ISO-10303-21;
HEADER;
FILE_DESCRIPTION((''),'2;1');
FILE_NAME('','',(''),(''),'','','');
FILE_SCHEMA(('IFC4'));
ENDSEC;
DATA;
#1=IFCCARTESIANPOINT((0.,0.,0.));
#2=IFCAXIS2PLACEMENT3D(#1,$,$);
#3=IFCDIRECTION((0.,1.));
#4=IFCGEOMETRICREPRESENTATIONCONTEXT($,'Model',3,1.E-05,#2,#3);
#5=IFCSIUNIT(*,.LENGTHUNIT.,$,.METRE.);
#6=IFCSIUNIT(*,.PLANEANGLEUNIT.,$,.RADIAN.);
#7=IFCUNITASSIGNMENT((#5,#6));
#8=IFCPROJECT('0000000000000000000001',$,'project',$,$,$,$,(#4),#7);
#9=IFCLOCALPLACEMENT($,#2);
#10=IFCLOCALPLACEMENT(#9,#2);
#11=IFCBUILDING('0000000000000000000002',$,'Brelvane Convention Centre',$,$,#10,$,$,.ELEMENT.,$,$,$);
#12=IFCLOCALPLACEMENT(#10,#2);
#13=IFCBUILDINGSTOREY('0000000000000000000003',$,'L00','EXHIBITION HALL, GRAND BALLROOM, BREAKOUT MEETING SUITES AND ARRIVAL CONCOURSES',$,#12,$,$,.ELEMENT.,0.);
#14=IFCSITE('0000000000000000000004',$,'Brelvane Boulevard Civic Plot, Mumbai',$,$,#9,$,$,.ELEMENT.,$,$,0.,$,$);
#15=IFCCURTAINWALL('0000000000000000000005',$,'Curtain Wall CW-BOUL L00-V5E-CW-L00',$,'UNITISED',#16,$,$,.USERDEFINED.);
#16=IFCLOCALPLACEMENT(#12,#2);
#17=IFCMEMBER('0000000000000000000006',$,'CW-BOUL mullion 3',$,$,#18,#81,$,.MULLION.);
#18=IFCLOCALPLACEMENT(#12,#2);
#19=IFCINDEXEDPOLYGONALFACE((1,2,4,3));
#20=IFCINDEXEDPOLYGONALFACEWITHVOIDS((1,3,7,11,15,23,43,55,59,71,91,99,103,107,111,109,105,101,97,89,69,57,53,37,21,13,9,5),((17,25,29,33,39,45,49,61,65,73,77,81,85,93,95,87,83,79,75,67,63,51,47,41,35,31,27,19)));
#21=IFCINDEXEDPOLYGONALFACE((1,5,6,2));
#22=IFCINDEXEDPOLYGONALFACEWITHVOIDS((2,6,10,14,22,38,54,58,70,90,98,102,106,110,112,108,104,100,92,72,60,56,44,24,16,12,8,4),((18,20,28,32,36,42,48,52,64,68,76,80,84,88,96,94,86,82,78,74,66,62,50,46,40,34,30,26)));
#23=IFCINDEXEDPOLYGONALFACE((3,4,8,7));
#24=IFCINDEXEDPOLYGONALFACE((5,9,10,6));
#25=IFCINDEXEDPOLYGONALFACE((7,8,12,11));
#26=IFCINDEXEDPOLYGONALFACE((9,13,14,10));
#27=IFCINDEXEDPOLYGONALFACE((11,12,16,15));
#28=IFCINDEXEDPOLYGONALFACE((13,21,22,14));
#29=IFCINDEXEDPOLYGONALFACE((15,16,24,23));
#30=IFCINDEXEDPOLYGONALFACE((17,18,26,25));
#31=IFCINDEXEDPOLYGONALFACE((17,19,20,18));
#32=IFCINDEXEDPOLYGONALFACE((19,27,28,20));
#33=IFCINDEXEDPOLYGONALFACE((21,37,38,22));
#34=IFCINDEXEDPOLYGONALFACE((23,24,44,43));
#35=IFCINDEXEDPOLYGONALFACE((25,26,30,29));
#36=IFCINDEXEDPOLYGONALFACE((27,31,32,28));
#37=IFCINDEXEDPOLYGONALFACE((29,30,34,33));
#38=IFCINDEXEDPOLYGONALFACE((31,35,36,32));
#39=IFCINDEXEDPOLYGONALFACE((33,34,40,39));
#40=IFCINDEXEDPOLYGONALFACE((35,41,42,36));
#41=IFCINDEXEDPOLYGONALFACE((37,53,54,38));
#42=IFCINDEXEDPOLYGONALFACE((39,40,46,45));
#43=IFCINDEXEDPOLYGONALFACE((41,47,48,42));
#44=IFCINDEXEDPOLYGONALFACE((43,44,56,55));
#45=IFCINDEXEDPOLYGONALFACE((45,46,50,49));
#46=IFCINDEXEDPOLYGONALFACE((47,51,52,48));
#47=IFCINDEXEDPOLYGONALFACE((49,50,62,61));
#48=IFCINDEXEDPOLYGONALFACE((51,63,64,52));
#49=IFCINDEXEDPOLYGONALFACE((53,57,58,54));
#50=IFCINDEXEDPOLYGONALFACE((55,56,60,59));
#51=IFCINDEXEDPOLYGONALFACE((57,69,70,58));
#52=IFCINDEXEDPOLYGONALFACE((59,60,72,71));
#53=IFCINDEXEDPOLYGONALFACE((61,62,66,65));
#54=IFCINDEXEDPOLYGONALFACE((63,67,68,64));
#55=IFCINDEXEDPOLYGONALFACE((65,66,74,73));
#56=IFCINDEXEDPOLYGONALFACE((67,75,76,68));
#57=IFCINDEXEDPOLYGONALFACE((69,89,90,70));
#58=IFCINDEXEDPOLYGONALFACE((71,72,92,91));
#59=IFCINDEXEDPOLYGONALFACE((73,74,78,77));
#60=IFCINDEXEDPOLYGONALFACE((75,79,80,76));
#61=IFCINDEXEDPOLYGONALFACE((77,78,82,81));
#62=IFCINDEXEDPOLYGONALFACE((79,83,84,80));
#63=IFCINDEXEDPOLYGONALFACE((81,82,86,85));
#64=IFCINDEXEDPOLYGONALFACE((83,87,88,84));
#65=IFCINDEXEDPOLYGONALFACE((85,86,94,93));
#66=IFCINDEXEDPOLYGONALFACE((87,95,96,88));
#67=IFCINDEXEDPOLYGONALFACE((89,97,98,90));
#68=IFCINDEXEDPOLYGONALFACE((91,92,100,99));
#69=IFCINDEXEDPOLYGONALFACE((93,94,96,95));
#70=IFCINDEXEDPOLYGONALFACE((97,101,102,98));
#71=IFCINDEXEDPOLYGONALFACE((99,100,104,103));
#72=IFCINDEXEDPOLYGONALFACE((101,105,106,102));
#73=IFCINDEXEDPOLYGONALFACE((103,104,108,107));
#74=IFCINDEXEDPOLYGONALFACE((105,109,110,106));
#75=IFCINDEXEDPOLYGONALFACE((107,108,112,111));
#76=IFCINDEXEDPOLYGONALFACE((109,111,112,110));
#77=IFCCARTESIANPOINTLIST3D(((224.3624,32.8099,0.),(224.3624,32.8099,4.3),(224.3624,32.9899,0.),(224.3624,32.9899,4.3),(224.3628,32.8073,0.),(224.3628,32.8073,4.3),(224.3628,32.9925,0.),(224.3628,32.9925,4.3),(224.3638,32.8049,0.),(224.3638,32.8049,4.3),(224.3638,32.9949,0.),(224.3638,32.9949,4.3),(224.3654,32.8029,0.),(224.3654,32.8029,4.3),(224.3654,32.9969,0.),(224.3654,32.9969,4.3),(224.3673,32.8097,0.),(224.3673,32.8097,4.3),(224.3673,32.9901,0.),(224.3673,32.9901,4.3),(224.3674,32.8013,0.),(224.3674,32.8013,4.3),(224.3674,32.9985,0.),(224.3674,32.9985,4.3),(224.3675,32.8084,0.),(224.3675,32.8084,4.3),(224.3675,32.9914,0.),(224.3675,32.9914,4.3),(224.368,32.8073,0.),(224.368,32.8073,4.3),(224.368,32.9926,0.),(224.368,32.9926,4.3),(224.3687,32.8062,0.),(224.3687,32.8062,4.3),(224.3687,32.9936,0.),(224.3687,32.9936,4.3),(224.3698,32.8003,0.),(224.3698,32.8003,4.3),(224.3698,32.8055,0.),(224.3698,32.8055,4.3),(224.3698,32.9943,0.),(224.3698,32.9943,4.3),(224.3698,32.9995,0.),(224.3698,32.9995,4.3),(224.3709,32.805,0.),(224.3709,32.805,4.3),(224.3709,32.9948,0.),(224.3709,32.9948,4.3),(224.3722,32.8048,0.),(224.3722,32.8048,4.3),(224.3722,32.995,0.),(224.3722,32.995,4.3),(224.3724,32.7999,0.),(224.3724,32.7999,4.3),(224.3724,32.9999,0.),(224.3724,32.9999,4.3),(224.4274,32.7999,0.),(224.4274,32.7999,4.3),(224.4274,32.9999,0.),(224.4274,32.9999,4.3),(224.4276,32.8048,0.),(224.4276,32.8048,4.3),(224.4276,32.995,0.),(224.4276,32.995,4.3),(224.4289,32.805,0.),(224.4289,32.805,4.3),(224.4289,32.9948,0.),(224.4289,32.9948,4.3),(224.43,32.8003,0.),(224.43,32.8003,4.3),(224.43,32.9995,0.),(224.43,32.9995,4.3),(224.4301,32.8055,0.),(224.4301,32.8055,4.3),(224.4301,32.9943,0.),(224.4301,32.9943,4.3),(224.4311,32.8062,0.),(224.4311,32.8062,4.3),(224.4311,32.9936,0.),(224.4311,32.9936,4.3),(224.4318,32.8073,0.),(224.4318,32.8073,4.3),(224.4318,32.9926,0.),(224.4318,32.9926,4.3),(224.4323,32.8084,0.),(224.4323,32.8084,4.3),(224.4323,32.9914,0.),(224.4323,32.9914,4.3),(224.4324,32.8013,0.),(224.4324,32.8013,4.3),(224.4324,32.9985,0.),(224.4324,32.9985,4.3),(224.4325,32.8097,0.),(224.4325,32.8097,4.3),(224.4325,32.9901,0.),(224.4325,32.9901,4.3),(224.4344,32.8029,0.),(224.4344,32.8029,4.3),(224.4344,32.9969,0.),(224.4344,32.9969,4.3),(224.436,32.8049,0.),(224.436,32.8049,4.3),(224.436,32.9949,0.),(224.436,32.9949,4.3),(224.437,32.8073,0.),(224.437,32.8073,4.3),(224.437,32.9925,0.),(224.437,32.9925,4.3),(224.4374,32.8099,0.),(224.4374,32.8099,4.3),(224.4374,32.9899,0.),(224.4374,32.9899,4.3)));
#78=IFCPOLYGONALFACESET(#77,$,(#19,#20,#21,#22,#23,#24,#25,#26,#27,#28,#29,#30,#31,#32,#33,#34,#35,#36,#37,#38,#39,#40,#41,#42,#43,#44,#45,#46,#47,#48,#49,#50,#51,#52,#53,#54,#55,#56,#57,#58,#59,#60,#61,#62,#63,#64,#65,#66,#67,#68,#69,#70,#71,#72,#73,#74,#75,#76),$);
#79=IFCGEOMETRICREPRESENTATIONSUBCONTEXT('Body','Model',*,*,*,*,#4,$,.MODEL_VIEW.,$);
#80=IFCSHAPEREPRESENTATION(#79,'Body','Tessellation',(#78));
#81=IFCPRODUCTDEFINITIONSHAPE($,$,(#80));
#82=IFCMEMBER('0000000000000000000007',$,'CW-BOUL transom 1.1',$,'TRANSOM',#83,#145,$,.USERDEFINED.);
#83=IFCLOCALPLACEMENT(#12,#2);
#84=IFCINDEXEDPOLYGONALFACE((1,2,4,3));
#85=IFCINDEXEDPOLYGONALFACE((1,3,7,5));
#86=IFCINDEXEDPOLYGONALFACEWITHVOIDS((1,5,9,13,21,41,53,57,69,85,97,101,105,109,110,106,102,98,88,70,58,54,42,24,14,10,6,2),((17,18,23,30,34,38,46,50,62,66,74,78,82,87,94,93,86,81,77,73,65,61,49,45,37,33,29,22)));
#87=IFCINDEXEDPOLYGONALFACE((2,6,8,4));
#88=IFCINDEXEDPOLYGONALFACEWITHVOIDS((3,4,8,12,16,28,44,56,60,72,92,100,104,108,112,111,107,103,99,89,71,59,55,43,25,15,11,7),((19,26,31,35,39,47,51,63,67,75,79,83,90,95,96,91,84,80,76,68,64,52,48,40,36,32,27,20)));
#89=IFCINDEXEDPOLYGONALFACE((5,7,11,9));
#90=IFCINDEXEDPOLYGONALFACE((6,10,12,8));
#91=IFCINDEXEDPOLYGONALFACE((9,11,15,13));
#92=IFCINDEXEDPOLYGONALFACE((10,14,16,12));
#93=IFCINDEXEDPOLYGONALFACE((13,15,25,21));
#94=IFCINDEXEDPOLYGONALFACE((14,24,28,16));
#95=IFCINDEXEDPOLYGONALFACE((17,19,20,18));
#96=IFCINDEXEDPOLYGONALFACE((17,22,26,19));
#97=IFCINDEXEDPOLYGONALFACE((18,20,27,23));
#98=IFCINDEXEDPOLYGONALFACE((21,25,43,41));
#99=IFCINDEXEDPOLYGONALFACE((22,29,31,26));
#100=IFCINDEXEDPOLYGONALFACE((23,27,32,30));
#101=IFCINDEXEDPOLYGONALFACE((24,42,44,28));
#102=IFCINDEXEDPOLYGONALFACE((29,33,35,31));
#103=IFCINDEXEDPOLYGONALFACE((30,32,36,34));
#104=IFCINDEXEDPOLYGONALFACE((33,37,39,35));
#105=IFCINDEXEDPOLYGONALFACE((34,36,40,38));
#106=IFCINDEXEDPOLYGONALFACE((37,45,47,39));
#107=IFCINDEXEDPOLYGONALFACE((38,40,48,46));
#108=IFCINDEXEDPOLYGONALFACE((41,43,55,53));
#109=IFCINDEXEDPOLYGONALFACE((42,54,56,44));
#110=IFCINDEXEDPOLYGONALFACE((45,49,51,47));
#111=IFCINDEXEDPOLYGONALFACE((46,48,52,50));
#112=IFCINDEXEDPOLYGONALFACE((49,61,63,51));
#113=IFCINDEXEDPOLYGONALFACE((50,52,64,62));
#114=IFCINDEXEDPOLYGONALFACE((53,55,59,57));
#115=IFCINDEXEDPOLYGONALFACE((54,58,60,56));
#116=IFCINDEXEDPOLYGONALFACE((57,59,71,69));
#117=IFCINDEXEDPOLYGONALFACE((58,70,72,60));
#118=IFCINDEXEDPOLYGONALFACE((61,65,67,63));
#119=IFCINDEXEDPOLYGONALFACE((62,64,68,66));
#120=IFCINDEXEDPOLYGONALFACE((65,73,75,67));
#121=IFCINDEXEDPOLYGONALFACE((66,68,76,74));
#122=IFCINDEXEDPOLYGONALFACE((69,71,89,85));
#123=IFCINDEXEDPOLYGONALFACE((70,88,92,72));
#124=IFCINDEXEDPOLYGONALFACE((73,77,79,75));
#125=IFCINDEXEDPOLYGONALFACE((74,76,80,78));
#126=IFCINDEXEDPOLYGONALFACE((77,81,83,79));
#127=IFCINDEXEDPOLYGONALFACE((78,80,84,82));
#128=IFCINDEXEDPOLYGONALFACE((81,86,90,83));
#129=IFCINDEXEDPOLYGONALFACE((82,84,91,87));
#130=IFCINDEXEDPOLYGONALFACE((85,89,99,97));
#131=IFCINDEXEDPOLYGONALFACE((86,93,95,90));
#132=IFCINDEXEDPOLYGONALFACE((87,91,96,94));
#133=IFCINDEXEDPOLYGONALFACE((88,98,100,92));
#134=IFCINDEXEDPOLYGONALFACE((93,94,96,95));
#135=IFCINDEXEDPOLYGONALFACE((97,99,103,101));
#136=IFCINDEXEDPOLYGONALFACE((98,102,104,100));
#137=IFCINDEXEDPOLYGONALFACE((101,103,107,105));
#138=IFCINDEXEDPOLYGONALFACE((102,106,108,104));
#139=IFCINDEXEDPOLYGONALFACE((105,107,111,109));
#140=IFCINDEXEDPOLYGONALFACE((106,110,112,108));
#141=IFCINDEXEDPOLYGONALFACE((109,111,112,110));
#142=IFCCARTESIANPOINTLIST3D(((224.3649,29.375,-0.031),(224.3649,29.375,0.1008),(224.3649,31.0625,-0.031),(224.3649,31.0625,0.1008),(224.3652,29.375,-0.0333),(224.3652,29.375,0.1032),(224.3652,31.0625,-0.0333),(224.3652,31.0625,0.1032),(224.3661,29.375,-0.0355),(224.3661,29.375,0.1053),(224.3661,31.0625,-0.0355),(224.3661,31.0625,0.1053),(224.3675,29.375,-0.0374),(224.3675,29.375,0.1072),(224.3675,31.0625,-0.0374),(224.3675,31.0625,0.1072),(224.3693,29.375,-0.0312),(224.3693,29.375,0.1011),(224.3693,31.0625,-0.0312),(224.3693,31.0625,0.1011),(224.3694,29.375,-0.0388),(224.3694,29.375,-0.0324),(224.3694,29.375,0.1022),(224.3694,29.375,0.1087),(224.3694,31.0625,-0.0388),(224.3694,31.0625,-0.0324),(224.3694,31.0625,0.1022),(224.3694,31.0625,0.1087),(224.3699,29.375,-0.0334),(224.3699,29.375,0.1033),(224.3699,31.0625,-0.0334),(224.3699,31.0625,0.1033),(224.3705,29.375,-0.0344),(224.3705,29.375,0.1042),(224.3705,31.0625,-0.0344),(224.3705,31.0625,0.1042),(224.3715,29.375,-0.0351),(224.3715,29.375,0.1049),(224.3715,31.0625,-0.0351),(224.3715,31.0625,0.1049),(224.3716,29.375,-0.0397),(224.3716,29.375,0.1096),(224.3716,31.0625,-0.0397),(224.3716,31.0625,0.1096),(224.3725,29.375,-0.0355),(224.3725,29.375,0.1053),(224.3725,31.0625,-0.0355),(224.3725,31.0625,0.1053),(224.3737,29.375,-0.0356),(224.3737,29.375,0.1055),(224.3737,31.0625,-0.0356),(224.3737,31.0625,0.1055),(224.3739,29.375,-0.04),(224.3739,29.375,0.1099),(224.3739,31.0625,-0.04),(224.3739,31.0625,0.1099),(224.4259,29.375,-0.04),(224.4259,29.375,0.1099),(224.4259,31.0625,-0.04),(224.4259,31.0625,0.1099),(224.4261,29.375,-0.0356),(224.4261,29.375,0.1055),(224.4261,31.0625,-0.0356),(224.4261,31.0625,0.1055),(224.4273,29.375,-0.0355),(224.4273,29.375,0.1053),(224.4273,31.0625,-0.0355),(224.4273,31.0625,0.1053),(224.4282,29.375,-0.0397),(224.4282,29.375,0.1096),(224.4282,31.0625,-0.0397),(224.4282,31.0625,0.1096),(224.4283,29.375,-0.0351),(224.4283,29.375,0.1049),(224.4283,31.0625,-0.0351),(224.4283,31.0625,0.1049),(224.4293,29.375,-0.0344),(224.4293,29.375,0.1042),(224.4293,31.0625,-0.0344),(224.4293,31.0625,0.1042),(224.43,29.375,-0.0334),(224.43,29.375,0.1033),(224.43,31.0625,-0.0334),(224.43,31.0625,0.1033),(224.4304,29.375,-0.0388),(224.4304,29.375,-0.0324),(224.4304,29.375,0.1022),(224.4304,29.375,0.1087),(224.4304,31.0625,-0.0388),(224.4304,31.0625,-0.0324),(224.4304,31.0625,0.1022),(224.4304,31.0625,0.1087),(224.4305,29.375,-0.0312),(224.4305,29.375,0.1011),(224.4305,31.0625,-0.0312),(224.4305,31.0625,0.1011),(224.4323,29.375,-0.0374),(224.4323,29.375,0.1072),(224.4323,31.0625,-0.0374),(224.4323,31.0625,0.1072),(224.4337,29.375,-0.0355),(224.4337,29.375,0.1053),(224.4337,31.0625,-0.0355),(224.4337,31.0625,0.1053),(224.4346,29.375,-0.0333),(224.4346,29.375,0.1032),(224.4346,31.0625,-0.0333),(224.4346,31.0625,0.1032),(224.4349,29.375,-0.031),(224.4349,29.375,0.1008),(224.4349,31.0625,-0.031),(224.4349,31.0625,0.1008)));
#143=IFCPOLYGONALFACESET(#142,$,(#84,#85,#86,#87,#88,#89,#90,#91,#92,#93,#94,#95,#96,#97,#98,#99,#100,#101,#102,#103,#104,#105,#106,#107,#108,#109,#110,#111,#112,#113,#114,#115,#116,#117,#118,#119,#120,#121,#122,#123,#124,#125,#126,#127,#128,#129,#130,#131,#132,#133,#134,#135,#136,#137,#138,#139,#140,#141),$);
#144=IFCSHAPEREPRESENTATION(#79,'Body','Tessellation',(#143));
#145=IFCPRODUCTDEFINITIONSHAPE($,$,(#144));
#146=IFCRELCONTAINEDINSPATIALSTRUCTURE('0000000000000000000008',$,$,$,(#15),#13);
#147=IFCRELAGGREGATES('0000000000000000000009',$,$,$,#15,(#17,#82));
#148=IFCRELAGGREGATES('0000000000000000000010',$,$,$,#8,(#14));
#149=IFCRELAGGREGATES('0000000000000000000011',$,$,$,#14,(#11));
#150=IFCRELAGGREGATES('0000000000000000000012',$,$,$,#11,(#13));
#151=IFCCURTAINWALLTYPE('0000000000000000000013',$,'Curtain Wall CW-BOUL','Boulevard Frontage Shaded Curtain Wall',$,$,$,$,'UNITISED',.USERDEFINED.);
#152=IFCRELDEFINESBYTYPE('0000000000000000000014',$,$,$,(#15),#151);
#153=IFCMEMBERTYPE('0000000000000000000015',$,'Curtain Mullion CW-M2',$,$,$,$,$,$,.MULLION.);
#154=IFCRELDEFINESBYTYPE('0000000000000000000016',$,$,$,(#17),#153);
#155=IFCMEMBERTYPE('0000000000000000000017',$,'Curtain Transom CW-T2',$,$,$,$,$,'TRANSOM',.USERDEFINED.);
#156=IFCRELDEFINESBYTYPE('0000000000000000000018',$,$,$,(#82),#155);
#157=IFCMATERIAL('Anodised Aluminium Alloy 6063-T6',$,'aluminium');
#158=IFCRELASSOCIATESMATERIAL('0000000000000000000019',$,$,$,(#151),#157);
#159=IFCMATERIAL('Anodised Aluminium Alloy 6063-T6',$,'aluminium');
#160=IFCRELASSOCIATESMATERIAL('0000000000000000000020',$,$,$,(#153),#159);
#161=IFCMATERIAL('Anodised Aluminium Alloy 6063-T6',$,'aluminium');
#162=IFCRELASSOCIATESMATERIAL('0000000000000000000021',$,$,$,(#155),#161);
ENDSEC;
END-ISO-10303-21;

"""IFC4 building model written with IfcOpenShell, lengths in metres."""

from ifc_helpers import new_model, si_unit, direction, frame, origin, origin_2d, place, context, subcontext, project, spatial, hollow_rectangle, extrude, material, material_profile, profile_set, type_object, element, aggregate, save


model = new_model("IFC4")

# Units and contexts
model_context = context("Model", 3, precision=1e-05, world=origin(), true_north=direction((0.0, 1.0)))
body_context = subcontext(model_context, "Body", "Model", "MODEL_VIEW")
ifc_project = project(units=[si_unit("LENGTHUNIT", "METRE"), si_unit("PLANEANGLEUNIT", "RADIAN")], contexts=[model_context])

# Site, building, storey
site_placement = place(None, origin())
site = spatial("IfcSite", under=ifc_project, at=site_placement, Name="Brelvane Boulevard Civic Plot, Mumbai", CompositionType="ELEMENT", RefElevation=0.0)
building_placement = place(site_placement, origin())
building = spatial("IfcBuilding", under=site, at=building_placement, Name="Brelvane Convention Centre", CompositionType="ELEMENT")
storey_placement = place(building_placement, origin())
storey = spatial("IfcBuildingStorey", under=building, at=storey_placement, Name="L00", Description="EXHIBITION HALL, GRAND BALLROOM, BREAKOUT MEETING SUITES AND ARRIVAL CONCOURSES", CompositionType="ELEMENT", Elevation=0.0)

# Curtain wall, members
ifc_material_1 = material(Name="Anodised Aluminium Alloy 6063-T6", Category="aluminium")
curtain_wall_type = type_object("IfcCurtainWallType", Name="Curtain Wall CW-BOUL", Description="Boulevard Frontage Shaded Curtain Wall", ElementType="UNITISED", PredefinedType="USERDEFINED", material=ifc_material_1)
curtain_wall_placement = place(storey_placement, origin())
curtain_wall = element("IfcCurtainWall", 1, at=curtain_wall_placement, inside=storey, type_object=curtain_wall_type, Name="Curtain Wall CW-BOUL L00-V5E-CW-L00", ObjectType="UNITISED", PredefinedType="USERDEFINED")
ifc_material_2 = material(Name="Anodised Aluminium Alloy 6063-T6", Category="aluminium")
ifc_material_profile_1 = material_profile(ifc_material_2, hollow_rectangle(XDim=0.075, YDim=0.2, WallThickness=0.0049, InnerFilletRadius=0.0049, OuterFilletRadius=0.01, at=origin_2d()), Name="ALU-M 200x75x5.0")
ifc_profile_set_1 = profile_set([ifc_material_profile_1], Name="Anodised Aluminium Alloy 6063-T6")
member_type_1 = type_object("IfcMemberType", Name="Curtain Mullion CW-M2", PredefinedType="MULLION", material=ifc_profile_set_1)
member_1_placement = place(storey_placement, frame((224.3999, 32.8999, 0.0), z_axis=(0.0, 0.0, 1.0), x_axis=(-1.0, 0.0, 0.0)))
member_1 = element("IfcMember", 2, at=member_1_placement, type_object=member_type_1, Name="CW-BOUL mullion 3", PredefinedType="MULLION", context=body_context, shape_type="SweptSolid", body=[
    extrude(hollow_rectangle(XDim=0.075, YDim=0.2, WallThickness=0.0049, InnerFilletRadius=0.0049, OuterFilletRadius=0.01, at=origin_2d()), origin(), (0.0, 0.0, 1.0), 4.3),
])
ifc_material_3 = material(Name="Anodised Aluminium Alloy 6063-T6", Category="aluminium")
ifc_material_profile_2 = material_profile(ifc_material_3, hollow_rectangle(XDim=0.0701, YDim=0.1499, WallThickness=0.0044, InnerFilletRadius=0.0044, OuterFilletRadius=0.009, at=origin_2d()), Name="ALU-T 150x70x4.5")
ifc_profile_set_2 = profile_set([ifc_material_profile_2], Name="Anodised Aluminium Alloy 6063-T6")
member_type_2 = type_object("IfcMemberType", Name="Curtain Transom CW-T2", ElementType="TRANSOM", PredefinedType="USERDEFINED", material=ifc_profile_set_2)
member_2_placement = place(storey_placement, frame((224.3999, 29.375, 0.0349), z_axis=(0.0, 1.0, 0.0), x_axis=(-1.0, 0.0, 0.0)))
member_2 = element("IfcMember", 3, at=member_2_placement, type_object=member_type_2, Name="CW-BOUL transom 1.1", ObjectType="TRANSOM", PredefinedType="USERDEFINED", context=body_context, shape_type="SweptSolid", body=[
    extrude(hollow_rectangle(XDim=0.0701, YDim=0.1499, WallThickness=0.0044, InnerFilletRadius=0.0044, OuterFilletRadius=0.009, at=origin_2d()), origin(), (0.0, 0.0, 1.0), 1.6875),
])

aggregate(curtain_wall, [member_1, member_2])

save(model, "model.ifc")
